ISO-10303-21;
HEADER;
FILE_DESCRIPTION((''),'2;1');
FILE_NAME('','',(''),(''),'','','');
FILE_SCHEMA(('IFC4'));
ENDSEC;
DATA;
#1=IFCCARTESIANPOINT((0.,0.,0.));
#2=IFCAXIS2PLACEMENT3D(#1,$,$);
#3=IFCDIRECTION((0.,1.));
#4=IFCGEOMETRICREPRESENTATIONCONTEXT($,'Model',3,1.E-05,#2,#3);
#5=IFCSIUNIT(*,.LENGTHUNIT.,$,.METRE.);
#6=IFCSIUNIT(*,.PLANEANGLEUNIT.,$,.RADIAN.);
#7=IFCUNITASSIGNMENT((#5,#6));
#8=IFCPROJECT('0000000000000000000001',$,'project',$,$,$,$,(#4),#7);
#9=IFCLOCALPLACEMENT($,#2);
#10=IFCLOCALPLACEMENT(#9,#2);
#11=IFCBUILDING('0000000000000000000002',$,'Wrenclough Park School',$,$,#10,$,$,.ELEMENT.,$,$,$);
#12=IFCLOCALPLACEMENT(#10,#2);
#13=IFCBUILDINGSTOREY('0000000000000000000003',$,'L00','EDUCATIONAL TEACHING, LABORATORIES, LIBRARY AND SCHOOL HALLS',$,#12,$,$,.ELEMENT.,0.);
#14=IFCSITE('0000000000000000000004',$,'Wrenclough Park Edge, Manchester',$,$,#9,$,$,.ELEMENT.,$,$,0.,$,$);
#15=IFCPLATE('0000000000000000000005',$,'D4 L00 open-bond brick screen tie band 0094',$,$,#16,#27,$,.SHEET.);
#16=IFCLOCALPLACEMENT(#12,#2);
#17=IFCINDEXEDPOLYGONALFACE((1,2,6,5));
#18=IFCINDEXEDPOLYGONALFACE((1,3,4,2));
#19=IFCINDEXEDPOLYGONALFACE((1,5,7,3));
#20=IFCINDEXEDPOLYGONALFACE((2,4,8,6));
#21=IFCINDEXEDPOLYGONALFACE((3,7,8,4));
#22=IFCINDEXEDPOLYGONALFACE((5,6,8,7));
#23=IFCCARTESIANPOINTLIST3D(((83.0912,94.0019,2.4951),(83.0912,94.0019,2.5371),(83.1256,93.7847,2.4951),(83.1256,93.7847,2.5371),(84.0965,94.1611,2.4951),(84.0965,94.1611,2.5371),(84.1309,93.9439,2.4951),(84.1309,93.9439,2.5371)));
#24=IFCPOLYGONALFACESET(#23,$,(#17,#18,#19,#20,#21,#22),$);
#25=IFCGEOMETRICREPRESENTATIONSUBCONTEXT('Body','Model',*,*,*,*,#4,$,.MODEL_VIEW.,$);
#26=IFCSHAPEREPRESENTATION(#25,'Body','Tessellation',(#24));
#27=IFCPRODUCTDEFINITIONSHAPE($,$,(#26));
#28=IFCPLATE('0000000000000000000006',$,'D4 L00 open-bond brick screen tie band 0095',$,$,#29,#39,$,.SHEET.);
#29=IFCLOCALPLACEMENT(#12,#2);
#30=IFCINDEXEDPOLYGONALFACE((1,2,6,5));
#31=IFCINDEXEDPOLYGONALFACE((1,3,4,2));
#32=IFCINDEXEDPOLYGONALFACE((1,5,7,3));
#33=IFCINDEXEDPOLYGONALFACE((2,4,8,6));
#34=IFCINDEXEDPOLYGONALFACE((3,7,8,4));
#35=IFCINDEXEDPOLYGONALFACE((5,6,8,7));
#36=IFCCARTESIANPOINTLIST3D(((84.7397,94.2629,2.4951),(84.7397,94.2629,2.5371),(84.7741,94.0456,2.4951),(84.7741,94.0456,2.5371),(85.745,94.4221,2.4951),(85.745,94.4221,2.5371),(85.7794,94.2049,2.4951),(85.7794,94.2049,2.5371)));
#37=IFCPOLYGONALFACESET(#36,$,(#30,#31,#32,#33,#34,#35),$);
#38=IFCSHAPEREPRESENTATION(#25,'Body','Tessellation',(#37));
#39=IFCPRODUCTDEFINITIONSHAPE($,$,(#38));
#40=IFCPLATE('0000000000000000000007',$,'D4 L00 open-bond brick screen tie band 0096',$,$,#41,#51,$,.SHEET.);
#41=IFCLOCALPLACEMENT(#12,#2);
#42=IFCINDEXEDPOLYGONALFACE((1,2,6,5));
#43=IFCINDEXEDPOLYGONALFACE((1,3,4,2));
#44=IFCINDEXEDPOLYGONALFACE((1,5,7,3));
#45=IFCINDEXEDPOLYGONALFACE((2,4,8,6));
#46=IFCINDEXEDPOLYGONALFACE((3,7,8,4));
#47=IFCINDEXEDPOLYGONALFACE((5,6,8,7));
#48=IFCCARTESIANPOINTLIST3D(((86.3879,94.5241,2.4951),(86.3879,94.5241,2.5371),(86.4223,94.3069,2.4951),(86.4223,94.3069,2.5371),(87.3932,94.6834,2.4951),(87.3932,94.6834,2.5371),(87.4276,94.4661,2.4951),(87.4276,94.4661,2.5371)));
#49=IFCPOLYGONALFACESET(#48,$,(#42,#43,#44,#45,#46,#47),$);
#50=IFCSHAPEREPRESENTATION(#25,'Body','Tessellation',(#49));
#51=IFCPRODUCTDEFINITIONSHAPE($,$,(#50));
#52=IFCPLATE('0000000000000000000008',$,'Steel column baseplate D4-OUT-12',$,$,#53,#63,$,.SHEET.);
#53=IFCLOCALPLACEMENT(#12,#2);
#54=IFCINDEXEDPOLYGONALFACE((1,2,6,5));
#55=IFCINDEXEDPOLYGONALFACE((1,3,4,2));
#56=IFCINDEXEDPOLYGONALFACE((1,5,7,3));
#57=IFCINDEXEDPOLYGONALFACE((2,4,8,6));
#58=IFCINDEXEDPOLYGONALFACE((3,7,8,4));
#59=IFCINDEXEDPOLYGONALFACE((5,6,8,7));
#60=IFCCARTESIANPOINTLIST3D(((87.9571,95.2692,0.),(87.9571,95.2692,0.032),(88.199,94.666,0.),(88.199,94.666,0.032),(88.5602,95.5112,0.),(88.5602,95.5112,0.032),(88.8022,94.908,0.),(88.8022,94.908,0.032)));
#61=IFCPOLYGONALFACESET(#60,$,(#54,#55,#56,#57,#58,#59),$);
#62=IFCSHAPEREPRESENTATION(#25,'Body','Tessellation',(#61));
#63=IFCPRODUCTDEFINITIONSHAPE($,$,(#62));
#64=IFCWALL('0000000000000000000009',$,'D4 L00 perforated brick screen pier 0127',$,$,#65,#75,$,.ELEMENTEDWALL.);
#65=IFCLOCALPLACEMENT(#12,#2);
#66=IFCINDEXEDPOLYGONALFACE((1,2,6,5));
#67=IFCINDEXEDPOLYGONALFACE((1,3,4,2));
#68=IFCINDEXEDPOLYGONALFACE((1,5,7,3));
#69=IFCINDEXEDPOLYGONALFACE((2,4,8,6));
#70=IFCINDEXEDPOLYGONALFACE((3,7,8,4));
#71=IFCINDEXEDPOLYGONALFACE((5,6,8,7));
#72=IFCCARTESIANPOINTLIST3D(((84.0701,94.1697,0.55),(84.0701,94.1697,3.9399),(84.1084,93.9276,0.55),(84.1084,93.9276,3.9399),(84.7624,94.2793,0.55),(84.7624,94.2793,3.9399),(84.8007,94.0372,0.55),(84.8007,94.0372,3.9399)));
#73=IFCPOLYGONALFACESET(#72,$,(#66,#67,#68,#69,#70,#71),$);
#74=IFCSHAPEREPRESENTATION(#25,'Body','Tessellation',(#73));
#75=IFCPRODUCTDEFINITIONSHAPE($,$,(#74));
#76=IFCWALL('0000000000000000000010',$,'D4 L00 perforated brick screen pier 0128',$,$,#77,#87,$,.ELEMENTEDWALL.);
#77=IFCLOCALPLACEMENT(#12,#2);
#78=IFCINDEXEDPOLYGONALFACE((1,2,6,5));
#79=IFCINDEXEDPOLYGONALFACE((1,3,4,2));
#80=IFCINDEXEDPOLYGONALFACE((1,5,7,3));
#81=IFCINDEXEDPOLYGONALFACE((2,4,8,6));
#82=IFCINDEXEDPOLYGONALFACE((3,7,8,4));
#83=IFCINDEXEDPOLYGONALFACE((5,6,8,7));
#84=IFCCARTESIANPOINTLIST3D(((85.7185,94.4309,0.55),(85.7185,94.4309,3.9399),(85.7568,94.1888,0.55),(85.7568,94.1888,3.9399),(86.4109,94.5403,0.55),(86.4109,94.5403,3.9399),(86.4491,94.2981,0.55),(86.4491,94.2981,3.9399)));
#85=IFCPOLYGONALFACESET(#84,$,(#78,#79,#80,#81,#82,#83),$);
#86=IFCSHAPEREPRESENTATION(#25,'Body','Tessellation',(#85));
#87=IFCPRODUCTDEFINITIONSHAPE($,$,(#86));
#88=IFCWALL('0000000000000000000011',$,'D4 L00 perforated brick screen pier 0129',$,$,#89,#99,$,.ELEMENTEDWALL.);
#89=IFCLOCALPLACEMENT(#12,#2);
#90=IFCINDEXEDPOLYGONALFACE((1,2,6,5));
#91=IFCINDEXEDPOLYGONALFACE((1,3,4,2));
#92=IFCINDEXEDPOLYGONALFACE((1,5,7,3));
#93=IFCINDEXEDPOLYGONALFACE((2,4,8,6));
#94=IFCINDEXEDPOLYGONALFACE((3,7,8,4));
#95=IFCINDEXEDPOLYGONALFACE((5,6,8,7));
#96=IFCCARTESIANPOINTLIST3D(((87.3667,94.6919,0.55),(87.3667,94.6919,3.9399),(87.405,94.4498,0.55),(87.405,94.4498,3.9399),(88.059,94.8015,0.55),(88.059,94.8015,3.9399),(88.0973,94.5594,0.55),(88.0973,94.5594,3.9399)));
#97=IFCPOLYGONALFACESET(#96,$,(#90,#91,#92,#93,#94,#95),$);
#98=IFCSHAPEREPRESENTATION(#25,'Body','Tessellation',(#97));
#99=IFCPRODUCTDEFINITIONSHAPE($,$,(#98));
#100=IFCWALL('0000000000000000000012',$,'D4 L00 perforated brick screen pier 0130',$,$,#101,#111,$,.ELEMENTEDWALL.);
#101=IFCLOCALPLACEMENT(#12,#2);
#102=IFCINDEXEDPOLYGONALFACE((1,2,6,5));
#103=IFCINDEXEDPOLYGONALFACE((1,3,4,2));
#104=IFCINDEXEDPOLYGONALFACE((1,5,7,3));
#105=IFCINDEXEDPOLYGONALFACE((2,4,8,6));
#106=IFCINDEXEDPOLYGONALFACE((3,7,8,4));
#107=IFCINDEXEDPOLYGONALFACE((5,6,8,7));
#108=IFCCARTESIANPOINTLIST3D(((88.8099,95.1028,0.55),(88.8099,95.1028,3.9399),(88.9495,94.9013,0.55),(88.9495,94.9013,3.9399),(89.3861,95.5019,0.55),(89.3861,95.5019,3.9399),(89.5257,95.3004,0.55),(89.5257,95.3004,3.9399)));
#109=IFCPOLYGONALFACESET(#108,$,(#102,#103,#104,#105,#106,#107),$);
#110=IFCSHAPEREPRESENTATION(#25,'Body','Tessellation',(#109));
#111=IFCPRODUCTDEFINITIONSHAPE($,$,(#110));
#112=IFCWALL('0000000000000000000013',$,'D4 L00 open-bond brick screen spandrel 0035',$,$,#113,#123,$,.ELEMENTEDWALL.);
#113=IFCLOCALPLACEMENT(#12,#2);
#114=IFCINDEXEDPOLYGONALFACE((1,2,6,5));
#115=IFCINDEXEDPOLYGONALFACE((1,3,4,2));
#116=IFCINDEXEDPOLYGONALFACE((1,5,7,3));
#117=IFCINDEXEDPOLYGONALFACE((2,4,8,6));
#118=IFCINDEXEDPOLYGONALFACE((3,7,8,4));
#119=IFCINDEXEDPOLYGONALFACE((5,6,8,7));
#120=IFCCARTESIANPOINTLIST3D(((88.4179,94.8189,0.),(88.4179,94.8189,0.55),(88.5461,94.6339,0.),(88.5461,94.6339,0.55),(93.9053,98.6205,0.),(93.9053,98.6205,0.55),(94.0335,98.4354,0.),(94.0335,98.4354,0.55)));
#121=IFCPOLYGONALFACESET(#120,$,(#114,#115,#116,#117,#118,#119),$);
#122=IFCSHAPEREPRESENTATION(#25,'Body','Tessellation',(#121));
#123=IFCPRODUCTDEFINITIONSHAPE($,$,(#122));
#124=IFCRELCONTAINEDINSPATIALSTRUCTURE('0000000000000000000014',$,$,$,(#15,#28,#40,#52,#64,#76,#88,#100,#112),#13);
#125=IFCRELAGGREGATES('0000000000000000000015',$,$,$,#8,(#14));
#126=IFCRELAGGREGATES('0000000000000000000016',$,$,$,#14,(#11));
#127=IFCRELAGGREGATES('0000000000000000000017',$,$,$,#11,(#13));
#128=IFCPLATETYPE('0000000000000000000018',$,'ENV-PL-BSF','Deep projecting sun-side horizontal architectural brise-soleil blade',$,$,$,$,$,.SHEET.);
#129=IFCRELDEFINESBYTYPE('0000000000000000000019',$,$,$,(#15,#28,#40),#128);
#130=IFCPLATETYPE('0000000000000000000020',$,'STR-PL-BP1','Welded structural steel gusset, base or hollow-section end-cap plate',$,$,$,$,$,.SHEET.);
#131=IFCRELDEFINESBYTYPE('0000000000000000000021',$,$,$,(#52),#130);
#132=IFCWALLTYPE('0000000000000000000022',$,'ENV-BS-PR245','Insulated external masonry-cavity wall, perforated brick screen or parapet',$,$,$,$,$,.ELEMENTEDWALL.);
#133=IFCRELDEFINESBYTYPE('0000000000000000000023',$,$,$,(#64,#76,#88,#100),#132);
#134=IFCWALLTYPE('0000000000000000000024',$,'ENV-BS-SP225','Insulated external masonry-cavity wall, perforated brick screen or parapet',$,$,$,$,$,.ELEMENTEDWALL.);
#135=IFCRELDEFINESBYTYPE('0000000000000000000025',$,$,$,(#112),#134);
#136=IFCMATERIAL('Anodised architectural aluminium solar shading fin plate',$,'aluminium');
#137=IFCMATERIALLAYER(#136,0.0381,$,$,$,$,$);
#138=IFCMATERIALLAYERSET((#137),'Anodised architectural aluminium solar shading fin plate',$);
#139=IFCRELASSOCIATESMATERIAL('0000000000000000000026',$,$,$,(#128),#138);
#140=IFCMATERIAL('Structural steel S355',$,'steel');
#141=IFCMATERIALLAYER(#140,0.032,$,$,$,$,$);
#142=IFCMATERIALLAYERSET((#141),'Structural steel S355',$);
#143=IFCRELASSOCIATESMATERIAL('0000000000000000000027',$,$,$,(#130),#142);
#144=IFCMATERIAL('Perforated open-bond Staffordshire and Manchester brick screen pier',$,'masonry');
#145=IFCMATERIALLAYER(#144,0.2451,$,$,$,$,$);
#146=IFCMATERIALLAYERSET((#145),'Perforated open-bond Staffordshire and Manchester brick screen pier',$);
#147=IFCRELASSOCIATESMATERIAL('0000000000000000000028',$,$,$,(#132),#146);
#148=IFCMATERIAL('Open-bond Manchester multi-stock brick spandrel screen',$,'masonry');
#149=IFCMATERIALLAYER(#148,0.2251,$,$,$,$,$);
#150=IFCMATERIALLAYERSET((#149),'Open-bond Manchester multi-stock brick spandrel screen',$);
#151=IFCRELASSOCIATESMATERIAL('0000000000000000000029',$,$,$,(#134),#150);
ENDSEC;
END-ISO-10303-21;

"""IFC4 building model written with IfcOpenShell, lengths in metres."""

from ifc_helpers import new_model, si_unit, direction, frame, frame_2d, origin, origin_2d, place, context, subcontext, project, spatial, rectangle, extrude, material, layer, layer_set, type_object, element, save


model = new_model("IFC4")

# Units and contexts
model_context = context("Model", 3, precision=1e-05, world=origin(), true_north=direction((0.0, 1.0)))
body_context = subcontext(model_context, "Body", "Model", "MODEL_VIEW")
ifc_project = project(units=[si_unit("LENGTHUNIT", "METRE"), si_unit("PLANEANGLEUNIT", "RADIAN")], contexts=[model_context])

# Site, building, storey
site_placement = place(None, origin())
site = spatial("IfcSite", under=ifc_project, at=site_placement, Name="Wrenclough Park Edge, Manchester", CompositionType="ELEMENT", RefElevation=0.0)
building_placement = place(site_placement, origin())
building = spatial("IfcBuilding", under=site, at=building_placement, Name="Wrenclough Park School", CompositionType="ELEMENT")
storey_placement = place(building_placement, origin())
storey = spatial("IfcBuildingStorey", under=building, at=storey_placement, Name="L00", Description="EDUCATIONAL TEACHING, LABORATORIES, LIBRARY AND SCHOOL HALLS", CompositionType="ELEMENT", Elevation=0.0)

# Shared definitions
ifc_material_1 = material(Name="Structural steel S355", Category="steel")

# Plates
ifc_material_2 = material(Name="Anodised architectural aluminium solar shading fin plate", Category="aluminium")
ifc_layer_1 = layer(ifc_material_2, 0.0381)
ifc_layer_set_1 = layer_set([ifc_layer_1], Name="Anodised architectural aluminium solar shading fin plate")
plate_type_1 = type_object("IfcPlateType", Name="ENV-PL-BSF", Description="Deep projecting sun-side horizontal architectural brise-soleil blade", PredefinedType="SHEET", material=ifc_layer_set_1)
for number, where, z_axis, x_axis, name in (
    (1, (83.6111, 93.9729, 2.4951), (0.0, 0.0, 1.0), (0.987688, 0.156436, 0.0), "D4 L00 open-bond brick screen tie band 0094"),
    (2, (85.2595, 94.2339, 2.4951), (0.0, 0.0, 1.0), (0.987688, 0.156436, 0.0), "D4 L00 open-bond brick screen tie band 0095"),
    (3, (86.9077, 94.4951, 2.4951), (0.0, 0.0, 1.0), (0.987688, 0.156436, 0.0), "D4 L00 open-bond brick screen tie band 0096"),
):
    element("IfcPlate", number, at=place(storey_placement, frame(where, z_axis=z_axis, x_axis=x_axis)), inside=storey, type_object=plate_type_1, Name=name, PredefinedType="SHEET", context=body_context, shape_type="SweptSolid", body=[
        extrude(rectangle(XDim=1.0178, YDim=0.22, at=origin_2d()), origin(), (0.0, 0.0, 1.0), 0.042),
    ])
ifc_layer_2 = layer(ifc_material_1, 0.032)
ifc_layer_set_2 = layer_set([ifc_layer_2], Name="Structural steel S355")
plate_type_2 = type_object("IfcPlateType", Name="STR-PL-BP1", Description="Welded structural steel gusset, base or hollow-section end-cap plate", PredefinedType="SHEET", material=ifc_layer_set_2)
plate_1_placement = place(storey_placement, frame((88.3796, 95.0886, 0.0), z_axis=(0.0, 0.0, 1.0), x_axis=(0.928096, 0.37234, 0.0)))
element("IfcPlate", 4, at=plate_1_placement, inside=storey, type_object=plate_type_2, Name="Steel column baseplate D4-OUT-12", PredefinedType="SHEET", context=body_context, shape_type="SweptSolid", body=[
    extrude(rectangle(XDim=0.6499, YDim=0.6499, at=origin_2d()), origin(), (0.0, 0.0, 1.0), 0.032),
])

# Walls
ifc_material_3 = material(Name="Perforated open-bond Staffordshire and Manchester brick screen pier", Category="masonry")
ifc_layer_3 = layer(ifc_material_3, 0.2451)
ifc_layer_set_3 = layer_set([ifc_layer_3], Name="Perforated open-bond Staffordshire and Manchester brick screen pier")
wall_type_1 = type_object("IfcWallType", Name="ENV-BS-PR245", Description="Insulated external masonry-cavity wall, perforated brick screen or parapet", PredefinedType="ELEMENTEDWALL", material=ifc_layer_set_3)
for number, where, z_axis, x_axis, name in (
    (5, (84.0891, 94.0486, 0.55), (0.0, 0.0, 1.0), (0.987698, 0.156374, 0.0), "D4 L00 perforated brick screen pier 0127"),
    (6, (85.7375, 94.3098, 0.55), (0.0, 0.0, 1.0), (0.987752, 0.156034, 0.0), "D4 L00 perforated brick screen pier 0128"),
    (7, (87.3857, 94.5708, 0.55), (0.0, 0.0, 1.0), (0.987698, 0.156374, 0.0), "D4 L00 perforated brick screen pier 0129"),
    (8, (88.8796, 95.002, 0.55), (0.0, 0.0, 1.0), (0.822004, 0.569482, 0.0), "D4 L00 perforated brick screen pier 0130"),
):
    element("IfcWall", number, at=place(storey_placement, frame(where, z_axis=z_axis, x_axis=x_axis)), inside=storey, type_object=wall_type_1, Name=name, PredefinedType="ELEMENTEDWALL", context=body_context, shape_type="SweptSolid", body=[
        extrude(rectangle(XDim=0.7009, YDim=0.2451, at=frame_2d((0.3506, 0.0))), origin(), (0.0, 0.0, 1.0), 3.3899),
    ])
ifc_material_4 = material(Name="Open-bond Manchester multi-stock brick spandrel screen", Category="masonry")
ifc_layer_4 = layer(ifc_material_4, 0.2251)
ifc_layer_set_4 = layer_set([ifc_layer_4], Name="Open-bond Manchester multi-stock brick spandrel screen")
wall_type_2 = type_object("IfcWallType", Name="ENV-BS-SP225", Description="Insulated external masonry-cavity wall, perforated brick screen or parapet", PredefinedType="ELEMENTEDWALL", material=ifc_layer_set_4)
wall_placement = place(storey_placement, frame((88.4819, 94.7263, 0.0), z_axis=(0.0, 0.0, 1.0), x_axis=(0.822009, 0.569474, 0.0)))
element("IfcWall", 9, at=wall_placement, inside=storey, type_object=wall_type_2, Name="D4 L00 open-bond brick screen spandrel 0035", PredefinedType="ELEMENTEDWALL", context=body_context, shape_type="SweptSolid", body=[
    extrude(rectangle(XDim=6.6755, YDim=0.2251, at=frame_2d((3.3379, 0.0))), origin(), (0.0, 0.0, 1.0), 0.55),
])

save(model, "model.ifc")
